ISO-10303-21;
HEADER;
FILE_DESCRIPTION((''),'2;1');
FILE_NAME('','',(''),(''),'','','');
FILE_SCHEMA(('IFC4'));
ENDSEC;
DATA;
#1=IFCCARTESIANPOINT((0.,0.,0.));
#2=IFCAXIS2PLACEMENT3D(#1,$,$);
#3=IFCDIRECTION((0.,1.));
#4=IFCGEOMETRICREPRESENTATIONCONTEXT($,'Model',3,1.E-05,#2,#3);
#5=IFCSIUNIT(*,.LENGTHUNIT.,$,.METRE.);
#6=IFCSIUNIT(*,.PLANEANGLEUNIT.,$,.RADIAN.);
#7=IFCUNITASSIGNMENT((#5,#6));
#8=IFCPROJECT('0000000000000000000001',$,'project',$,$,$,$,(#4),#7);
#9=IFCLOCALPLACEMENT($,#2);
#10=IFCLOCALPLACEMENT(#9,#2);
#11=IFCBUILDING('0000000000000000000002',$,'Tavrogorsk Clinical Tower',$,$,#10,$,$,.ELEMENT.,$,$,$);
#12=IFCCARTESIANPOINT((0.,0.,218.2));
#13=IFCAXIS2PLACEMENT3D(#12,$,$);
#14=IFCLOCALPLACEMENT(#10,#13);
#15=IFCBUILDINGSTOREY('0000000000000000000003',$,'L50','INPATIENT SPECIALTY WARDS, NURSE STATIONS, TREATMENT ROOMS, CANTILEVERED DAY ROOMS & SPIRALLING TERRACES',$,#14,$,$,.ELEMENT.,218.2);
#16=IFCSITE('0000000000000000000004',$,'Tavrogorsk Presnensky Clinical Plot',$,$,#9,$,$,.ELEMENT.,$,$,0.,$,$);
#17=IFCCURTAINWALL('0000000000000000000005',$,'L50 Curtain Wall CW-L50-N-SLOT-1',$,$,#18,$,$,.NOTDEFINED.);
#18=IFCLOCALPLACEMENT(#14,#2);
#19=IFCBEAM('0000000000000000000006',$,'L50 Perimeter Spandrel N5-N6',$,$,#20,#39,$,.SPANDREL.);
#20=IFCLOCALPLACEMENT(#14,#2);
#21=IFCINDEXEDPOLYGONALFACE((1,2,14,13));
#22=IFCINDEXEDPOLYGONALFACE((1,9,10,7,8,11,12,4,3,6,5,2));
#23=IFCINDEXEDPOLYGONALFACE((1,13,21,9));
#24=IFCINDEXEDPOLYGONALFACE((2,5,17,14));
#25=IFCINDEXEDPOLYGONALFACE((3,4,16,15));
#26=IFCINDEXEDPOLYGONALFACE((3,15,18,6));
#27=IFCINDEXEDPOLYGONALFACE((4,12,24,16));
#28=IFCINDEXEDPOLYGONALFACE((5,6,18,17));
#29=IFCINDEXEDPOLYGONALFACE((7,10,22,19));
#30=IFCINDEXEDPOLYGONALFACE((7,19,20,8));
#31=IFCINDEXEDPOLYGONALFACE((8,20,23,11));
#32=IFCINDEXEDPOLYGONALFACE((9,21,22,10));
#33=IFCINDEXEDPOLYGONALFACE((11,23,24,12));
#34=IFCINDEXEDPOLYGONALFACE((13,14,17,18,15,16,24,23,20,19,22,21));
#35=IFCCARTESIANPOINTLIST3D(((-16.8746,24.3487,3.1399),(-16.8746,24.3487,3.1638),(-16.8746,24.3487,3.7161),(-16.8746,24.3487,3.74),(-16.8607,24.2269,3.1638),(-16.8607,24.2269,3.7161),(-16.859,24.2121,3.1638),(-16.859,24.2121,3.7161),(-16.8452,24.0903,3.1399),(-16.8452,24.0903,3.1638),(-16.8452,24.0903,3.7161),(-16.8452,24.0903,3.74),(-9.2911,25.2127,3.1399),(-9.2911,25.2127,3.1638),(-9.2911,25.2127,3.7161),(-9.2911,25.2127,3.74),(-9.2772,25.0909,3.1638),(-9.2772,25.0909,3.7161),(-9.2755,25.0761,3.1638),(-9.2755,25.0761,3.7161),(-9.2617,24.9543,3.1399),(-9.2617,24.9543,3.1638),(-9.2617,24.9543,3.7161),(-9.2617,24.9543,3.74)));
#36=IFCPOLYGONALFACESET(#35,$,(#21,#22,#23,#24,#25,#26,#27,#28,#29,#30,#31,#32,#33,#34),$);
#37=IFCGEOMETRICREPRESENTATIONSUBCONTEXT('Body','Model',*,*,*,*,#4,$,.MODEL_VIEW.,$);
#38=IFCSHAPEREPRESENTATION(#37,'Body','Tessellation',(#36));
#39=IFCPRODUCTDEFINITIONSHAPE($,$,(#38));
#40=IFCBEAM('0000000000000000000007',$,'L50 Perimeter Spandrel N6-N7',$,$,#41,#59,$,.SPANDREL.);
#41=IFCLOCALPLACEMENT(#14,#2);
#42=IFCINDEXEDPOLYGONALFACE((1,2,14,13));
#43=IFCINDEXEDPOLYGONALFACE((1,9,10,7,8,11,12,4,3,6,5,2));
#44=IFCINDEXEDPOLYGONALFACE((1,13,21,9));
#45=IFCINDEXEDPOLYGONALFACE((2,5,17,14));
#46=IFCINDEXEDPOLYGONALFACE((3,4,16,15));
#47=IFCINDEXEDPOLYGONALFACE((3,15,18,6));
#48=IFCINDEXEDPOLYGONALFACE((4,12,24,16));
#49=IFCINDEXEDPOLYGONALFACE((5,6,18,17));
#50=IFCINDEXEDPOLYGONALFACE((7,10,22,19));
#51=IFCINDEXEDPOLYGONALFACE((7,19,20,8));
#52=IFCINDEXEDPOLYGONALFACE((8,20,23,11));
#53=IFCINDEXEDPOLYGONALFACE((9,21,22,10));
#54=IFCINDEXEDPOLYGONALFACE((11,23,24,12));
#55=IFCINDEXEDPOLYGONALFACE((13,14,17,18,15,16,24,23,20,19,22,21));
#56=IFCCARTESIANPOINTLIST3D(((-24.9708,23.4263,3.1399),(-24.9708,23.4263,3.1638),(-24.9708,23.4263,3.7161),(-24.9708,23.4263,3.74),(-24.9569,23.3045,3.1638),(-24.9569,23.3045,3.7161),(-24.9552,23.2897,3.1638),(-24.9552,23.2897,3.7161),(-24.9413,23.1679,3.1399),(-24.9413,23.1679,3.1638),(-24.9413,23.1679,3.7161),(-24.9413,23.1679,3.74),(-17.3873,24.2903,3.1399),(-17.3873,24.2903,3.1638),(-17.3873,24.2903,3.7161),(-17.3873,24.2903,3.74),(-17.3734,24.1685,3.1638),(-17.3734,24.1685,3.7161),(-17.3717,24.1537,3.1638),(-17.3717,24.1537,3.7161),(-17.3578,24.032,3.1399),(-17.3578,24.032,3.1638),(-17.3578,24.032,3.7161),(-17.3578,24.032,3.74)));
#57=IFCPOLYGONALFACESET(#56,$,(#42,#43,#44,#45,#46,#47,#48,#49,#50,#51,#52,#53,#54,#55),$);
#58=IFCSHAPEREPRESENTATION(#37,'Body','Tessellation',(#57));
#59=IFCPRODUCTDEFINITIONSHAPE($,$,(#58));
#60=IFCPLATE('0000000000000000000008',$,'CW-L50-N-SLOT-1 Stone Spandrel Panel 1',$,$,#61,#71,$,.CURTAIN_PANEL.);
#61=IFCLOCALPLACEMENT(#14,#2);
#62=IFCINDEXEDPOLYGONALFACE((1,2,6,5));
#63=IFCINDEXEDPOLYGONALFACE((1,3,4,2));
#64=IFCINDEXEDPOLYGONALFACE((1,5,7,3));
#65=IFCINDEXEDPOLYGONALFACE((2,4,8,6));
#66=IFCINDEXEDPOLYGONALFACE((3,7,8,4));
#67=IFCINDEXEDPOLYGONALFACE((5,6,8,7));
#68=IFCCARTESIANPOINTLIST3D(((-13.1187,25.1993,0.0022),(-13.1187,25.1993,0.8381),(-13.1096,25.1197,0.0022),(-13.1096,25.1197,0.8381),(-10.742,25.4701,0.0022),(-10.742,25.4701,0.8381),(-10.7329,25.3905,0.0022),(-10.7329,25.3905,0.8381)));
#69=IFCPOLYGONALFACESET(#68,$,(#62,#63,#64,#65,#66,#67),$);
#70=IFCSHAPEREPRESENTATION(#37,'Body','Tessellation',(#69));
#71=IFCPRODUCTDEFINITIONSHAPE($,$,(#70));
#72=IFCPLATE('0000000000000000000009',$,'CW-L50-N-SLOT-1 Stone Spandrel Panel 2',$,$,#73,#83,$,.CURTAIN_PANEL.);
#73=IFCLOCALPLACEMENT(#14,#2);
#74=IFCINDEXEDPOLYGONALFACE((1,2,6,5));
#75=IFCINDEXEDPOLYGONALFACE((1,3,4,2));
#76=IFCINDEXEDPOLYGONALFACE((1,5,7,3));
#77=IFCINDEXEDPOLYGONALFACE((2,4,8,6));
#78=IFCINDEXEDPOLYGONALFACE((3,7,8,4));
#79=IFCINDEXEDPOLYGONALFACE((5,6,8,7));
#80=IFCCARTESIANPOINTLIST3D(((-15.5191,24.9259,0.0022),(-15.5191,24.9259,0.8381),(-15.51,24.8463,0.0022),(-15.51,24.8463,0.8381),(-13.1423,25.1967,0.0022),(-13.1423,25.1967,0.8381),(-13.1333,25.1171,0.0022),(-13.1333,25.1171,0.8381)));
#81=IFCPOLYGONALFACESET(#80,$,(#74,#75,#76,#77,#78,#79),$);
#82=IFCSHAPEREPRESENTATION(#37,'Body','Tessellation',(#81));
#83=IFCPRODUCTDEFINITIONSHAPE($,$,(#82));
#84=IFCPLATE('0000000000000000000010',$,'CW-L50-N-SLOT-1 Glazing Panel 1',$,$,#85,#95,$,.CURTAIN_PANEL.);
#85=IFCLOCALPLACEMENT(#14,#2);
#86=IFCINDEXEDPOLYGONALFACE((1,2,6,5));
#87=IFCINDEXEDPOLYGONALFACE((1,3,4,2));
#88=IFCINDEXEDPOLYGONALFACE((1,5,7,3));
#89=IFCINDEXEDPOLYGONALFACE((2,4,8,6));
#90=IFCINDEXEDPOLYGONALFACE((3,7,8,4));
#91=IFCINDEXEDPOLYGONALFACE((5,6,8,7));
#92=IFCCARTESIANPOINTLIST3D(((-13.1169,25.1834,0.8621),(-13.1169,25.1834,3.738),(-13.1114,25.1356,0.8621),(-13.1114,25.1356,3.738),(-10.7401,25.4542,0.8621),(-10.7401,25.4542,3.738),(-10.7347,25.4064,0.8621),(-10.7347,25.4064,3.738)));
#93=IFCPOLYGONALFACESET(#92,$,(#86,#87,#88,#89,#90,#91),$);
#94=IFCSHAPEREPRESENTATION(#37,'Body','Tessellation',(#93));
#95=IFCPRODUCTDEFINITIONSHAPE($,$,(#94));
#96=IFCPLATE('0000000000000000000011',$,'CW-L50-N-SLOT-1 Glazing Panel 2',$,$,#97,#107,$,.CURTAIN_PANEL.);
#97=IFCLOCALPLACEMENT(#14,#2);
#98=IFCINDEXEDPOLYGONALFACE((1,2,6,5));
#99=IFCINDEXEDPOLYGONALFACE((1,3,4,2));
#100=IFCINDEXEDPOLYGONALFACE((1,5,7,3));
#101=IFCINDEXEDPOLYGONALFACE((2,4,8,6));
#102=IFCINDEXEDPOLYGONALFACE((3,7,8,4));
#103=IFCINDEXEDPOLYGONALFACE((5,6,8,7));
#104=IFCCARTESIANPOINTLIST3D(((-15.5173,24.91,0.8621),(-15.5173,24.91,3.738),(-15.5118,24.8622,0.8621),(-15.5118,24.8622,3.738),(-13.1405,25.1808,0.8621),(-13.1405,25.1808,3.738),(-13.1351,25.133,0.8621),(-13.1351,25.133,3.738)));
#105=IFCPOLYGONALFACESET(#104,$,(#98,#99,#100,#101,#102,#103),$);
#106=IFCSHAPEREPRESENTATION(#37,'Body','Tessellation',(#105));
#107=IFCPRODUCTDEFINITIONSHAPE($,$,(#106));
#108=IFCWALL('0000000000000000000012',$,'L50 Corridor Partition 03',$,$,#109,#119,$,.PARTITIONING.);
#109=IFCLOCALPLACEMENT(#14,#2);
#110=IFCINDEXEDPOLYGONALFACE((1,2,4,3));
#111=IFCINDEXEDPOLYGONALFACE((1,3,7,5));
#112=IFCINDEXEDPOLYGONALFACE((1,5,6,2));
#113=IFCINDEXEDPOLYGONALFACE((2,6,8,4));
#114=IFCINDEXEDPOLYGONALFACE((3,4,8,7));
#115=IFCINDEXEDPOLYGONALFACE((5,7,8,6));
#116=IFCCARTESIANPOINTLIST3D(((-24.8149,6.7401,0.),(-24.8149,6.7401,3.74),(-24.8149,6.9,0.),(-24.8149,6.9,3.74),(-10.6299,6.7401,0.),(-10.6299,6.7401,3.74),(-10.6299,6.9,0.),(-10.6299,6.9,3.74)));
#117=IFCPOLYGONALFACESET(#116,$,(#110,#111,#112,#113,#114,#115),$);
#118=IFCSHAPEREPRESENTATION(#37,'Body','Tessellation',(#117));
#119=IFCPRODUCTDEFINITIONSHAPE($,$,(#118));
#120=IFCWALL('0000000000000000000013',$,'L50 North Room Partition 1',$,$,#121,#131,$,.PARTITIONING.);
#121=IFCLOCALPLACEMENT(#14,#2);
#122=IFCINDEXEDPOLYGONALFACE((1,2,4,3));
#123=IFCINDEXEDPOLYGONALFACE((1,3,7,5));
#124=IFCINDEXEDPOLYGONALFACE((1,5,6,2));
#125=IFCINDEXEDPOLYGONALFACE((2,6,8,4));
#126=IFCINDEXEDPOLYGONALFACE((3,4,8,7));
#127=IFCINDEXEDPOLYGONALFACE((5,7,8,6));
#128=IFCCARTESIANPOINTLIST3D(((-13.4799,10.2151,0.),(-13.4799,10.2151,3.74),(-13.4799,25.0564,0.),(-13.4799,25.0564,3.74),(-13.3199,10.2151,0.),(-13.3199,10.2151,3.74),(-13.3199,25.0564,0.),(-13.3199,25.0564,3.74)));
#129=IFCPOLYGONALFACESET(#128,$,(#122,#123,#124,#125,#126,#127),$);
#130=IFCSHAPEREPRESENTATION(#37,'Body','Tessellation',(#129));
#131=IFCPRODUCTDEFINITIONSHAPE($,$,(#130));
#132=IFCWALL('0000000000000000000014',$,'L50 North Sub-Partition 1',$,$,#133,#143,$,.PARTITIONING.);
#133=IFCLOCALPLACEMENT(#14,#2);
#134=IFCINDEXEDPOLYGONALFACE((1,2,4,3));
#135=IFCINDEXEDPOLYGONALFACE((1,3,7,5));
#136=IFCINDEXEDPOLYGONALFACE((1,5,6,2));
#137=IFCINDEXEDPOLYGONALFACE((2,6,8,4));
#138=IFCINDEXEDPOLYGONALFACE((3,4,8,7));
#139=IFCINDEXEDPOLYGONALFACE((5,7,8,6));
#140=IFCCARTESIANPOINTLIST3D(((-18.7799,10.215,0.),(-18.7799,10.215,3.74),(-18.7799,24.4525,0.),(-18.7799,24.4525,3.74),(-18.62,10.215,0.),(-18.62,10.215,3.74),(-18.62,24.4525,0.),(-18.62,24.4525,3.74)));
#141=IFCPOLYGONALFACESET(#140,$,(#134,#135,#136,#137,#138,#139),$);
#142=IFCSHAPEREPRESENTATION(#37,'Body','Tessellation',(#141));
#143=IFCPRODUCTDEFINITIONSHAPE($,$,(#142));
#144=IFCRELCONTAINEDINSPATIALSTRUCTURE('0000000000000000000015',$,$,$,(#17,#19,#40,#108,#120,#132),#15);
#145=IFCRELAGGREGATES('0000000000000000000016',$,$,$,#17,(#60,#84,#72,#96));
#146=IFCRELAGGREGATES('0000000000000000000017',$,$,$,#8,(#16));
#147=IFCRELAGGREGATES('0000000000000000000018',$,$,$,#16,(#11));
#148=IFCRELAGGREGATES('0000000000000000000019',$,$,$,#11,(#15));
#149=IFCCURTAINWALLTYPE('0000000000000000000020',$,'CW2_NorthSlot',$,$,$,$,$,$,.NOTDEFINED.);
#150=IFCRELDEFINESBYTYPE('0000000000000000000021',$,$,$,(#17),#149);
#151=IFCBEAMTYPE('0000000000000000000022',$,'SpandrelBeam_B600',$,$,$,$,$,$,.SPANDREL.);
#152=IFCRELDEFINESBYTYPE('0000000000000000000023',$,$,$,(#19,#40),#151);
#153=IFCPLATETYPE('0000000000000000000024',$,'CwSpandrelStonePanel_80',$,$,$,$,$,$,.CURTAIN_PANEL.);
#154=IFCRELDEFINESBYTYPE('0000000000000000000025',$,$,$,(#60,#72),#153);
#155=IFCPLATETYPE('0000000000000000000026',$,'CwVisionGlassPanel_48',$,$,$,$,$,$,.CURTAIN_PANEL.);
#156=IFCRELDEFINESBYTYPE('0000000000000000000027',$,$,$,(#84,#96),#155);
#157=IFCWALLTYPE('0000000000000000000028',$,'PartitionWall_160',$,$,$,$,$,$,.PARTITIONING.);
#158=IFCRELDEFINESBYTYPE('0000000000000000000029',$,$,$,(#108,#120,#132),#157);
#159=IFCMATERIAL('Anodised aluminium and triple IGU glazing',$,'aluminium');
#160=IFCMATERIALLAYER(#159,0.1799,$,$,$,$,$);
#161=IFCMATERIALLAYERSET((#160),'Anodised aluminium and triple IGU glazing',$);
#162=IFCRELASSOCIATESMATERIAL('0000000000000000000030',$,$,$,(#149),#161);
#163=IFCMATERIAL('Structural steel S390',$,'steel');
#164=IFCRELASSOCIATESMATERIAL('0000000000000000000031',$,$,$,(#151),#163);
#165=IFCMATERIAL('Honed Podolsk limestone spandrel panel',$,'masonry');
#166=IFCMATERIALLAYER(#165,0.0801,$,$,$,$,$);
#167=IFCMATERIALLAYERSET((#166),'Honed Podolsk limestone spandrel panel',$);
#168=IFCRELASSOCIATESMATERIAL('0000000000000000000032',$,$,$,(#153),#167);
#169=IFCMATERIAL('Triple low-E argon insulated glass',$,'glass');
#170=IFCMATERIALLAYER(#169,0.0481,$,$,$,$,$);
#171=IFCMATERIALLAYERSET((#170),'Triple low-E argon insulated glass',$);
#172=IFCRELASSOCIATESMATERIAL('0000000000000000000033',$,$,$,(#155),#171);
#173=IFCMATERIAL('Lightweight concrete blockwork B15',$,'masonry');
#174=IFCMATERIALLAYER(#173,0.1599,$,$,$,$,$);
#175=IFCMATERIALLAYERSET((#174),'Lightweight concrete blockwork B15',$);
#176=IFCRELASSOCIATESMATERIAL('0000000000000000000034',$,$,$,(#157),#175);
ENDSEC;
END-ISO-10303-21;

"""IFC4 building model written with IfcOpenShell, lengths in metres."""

from ifc_helpers import new_model, si_unit, direction, frame, frame_2d, origin, origin_2d, place, context, subcontext, project, spatial, rectangle, i_section, extrude, material, layer, layer_set, material_profile, profile_set, type_object, element, aggregate, save


model = new_model("IFC4")

# Units and contexts
model_context = context("Model", 3, precision=1e-05, world=origin(), true_north=direction((0.0, 1.0)))
body_context = subcontext(model_context, "Body", "Model", "MODEL_VIEW")
ifc_project = project(units=[si_unit("LENGTHUNIT", "METRE"), si_unit("PLANEANGLEUNIT", "RADIAN")], contexts=[model_context])

# Site, building, storey
site_placement = place(None, origin())
site = spatial("IfcSite", under=ifc_project, at=site_placement, Name="Tavrogorsk Presnensky Clinical Plot", CompositionType="ELEMENT", RefElevation=0.0)
building_placement = place(site_placement, origin())
building = spatial("IfcBuilding", under=site, at=building_placement, Name="Tavrogorsk Clinical Tower", CompositionType="ELEMENT")
storey_placement = place(building_placement, frame((0.0, 0.0, 218.2)))
storey = spatial("IfcBuildingStorey", under=building, at=storey_placement, Name="L50", Description="INPATIENT SPECIALTY WARDS, NURSE STATIONS, TREATMENT ROOMS, CANTILEVERED DAY ROOMS & SPIRALLING TERRACES", CompositionType="ELEMENT", Elevation=218.2)

# Curtain wall
ifc_material_1 = material(Name="Anodised aluminium and triple IGU glazing", Category="aluminium")
ifc_layer_1 = layer(ifc_material_1, 0.1799)
ifc_layer_set_1 = layer_set([ifc_layer_1], Name="Anodised aluminium and triple IGU glazing")
curtain_wall_type = type_object("IfcCurtainWallType", Name="CW2_NorthSlot", PredefinedType="NOTDEFINED", material=ifc_layer_set_1)
curtain_wall_placement = place(storey_placement, origin())
curtain_wall = element("IfcCurtainWall", 1, at=curtain_wall_placement, inside=storey, type_object=curtain_wall_type, Name="L50 Curtain Wall CW-L50-N-SLOT-1", PredefinedType="NOTDEFINED")

# Beams
ifc_material_2 = material(Name="Structural steel S390", Category="steel")
ifc_material_profile_1 = material_profile(ifc_material_2, i_section(OverallWidth=0.26, OverallDepth=0.6001, WebThickness=0.0149, FlangeThickness=0.0239, at=origin_2d()), Name="B-600x260x15x24")
ifc_profile_set_1 = profile_set([ifc_material_profile_1], Name="Structural steel S390")
beam_type_1 = type_object("IfcBeamType", Name="SpandrelBeam_B600", PredefinedType="SPANDREL", material=ifc_profile_set_1)
for number, where, z_axis, x_axis, name in (
    (2, (-9.2764, 25.0835, 3.4399), (-0.993572, -0.113201, 0.0), (0.113201, -0.993572, 0.0), "L50 Perimeter Spandrel N5-N6"),
    (3, (-17.3726, 24.1611, 3.4399), (-0.993572, -0.113201, 0.0), (0.113201, -0.993572, 0.0), "L50 Perimeter Spandrel N6-N7"),
):
    element("IfcBeam", number, at=place(storey_placement, frame(where, z_axis=z_axis, x_axis=x_axis)), inside=storey, type_object=beam_type_1, Name=name, PredefinedType="SPANDREL", context=body_context, shape_type="SweptSolid", body=[
        extrude(i_section(OverallWidth=0.26, OverallDepth=0.6001, WebThickness=0.0149, FlangeThickness=0.0239, at=origin_2d()), origin(), (0.0, 0.0, 1.0), 7.6326),
    ])

# Plates
ifc_material_3 = material(Name="Honed Podolsk limestone spandrel panel", Category="masonry")
ifc_layer_2 = layer(ifc_material_3, 0.0801)
ifc_layer_set_2 = layer_set([ifc_layer_2], Name="Honed Podolsk limestone spandrel panel")
plate_type_1 = type_object("IfcPlateType", Name="CwSpandrelStonePanel_80", PredefinedType="CURTAIN_PANEL", material=ifc_layer_set_2)
plate_1_placement = place(storey_placement, frame((-11.9258, 25.2949, 0.0022), z_axis=(0.0, 0.0, 1.0), x_axis=(-0.993572, -0.113203, 0.0)))
plate_1 = element("IfcPlate", 4, at=plate_1_placement, type_object=plate_type_1, Name="CW-L50-N-SLOT-1 Stone Spandrel Panel 1", PredefinedType="CURTAIN_PANEL", context=body_context, shape_type="SweptSolid", body=[
    extrude(rectangle(XDim=2.3921, YDim=0.0801, at=origin_2d()), origin(), (0.0, 0.0, 1.0), 0.8359),
])
plate_2_placement = place(storey_placement, frame((-14.3262, 25.0215, 0.0022), z_axis=(0.0, 0.0, 1.0), x_axis=(-0.993572, -0.113203, 0.0)))
plate_2 = element("IfcPlate", 5, at=plate_2_placement, type_object=plate_type_1, Name="CW-L50-N-SLOT-1 Stone Spandrel Panel 2", PredefinedType="CURTAIN_PANEL", context=body_context, shape_type="SweptSolid", body=[
    extrude(rectangle(XDim=2.3921, YDim=0.0801, at=origin_2d()), origin(), (0.0, 0.0, 1.0), 0.8359),
])
ifc_material_4 = material(Name="Triple low-E argon insulated glass", Category="glass")
ifc_layer_3 = layer(ifc_material_4, 0.0481)
ifc_layer_set_3 = layer_set([ifc_layer_3], Name="Triple low-E argon insulated glass")
plate_type_2 = type_object("IfcPlateType", Name="CwVisionGlassPanel_48", PredefinedType="CURTAIN_PANEL", material=ifc_layer_set_3)
plate_3_placement = place(storey_placement, frame((-11.9258, 25.2949, 0.8621), z_axis=(0.0, 0.0, 1.0), x_axis=(-0.993572, -0.113203, 0.0)))
plate_3 = element("IfcPlate", 6, at=plate_3_placement, type_object=plate_type_2, Name="CW-L50-N-SLOT-1 Glazing Panel 1", PredefinedType="CURTAIN_PANEL", context=body_context, shape_type="SweptSolid", body=[
    extrude(rectangle(XDim=2.3921, YDim=0.0481, at=origin_2d()), origin(), (0.0, 0.0, 1.0), 2.876),
])
plate_4_placement = place(storey_placement, frame((-14.3262, 25.0215, 0.8621), z_axis=(0.0, 0.0, 1.0), x_axis=(-0.993572, -0.113203, 0.0)))
plate_4 = element("IfcPlate", 7, at=plate_4_placement, type_object=plate_type_2, Name="CW-L50-N-SLOT-1 Glazing Panel 2", PredefinedType="CURTAIN_PANEL", context=body_context, shape_type="SweptSolid", body=[
    extrude(rectangle(XDim=2.3921, YDim=0.0481, at=origin_2d()), origin(), (0.0, 0.0, 1.0), 2.876),
])
aggregate(curtain_wall, [plate_1, plate_3, plate_2, plate_4])

# Walls
ifc_material_5 = material(Name="Lightweight concrete blockwork B15", Category="masonry")
ifc_layer_4 = layer(ifc_material_5, 0.1599)
ifc_layer_set_4 = layer_set([ifc_layer_4], Name="Lightweight concrete blockwork B15")
wall_type_1 = type_object("IfcWallType", Name="PartitionWall_160", PredefinedType="PARTITIONING", material=ifc_layer_set_4)
wall_1_placement = place(storey_placement, frame((-10.6299, 6.8201, 0.0), z_axis=(0.0, 0.0, 1.0), x_axis=(-1.0, 0.0, 0.0)))
element("IfcWall", 8, at=wall_1_placement, inside=storey, type_object=wall_type_1, Name="L50 Corridor Partition 03", PredefinedType="PARTITIONING", context=body_context, shape_type="SweptSolid", body=[
    extrude(rectangle(XDim=14.1851, YDim=0.1599, at=frame_2d((7.0925, 0.0))), origin(), (0.0, 0.0, 1.0), 3.74),
])
wall_2_placement = place(storey_placement, frame((-13.3999, 10.2151, 0.0), z_axis=(0.0, 0.0, 1.0), x_axis=(0.0, 1.0, 0.0)))
element("IfcWall", 9, at=wall_2_placement, inside=storey, type_object=wall_type_1, Name="L50 North Room Partition 1", PredefinedType="PARTITIONING", context=body_context, shape_type="SweptSolid", body=[
    extrude(rectangle(XDim=14.8413, YDim=0.1599, at=frame_2d((7.4207, 0.0))), origin(), (0.0, 0.0, 1.0), 3.74),
])
wall_3_placement = place(storey_placement, frame((-18.7, 10.2151, 0.0), z_axis=(0.0, 0.0, 1.0), x_axis=(0.0, 1.0, 0.0)))
element("IfcWall", 10, at=wall_3_placement, inside=storey, type_object=wall_type_1, Name="L50 North Sub-Partition 1", PredefinedType="PARTITIONING", context=body_context, shape_type="SweptSolid", body=[
    extrude(rectangle(XDim=14.2375, YDim=0.1599, at=frame_2d((7.1187, 0.0))), origin(), (0.0, 0.0, 1.0), 3.74),
])

save(model, "model.ifc")
